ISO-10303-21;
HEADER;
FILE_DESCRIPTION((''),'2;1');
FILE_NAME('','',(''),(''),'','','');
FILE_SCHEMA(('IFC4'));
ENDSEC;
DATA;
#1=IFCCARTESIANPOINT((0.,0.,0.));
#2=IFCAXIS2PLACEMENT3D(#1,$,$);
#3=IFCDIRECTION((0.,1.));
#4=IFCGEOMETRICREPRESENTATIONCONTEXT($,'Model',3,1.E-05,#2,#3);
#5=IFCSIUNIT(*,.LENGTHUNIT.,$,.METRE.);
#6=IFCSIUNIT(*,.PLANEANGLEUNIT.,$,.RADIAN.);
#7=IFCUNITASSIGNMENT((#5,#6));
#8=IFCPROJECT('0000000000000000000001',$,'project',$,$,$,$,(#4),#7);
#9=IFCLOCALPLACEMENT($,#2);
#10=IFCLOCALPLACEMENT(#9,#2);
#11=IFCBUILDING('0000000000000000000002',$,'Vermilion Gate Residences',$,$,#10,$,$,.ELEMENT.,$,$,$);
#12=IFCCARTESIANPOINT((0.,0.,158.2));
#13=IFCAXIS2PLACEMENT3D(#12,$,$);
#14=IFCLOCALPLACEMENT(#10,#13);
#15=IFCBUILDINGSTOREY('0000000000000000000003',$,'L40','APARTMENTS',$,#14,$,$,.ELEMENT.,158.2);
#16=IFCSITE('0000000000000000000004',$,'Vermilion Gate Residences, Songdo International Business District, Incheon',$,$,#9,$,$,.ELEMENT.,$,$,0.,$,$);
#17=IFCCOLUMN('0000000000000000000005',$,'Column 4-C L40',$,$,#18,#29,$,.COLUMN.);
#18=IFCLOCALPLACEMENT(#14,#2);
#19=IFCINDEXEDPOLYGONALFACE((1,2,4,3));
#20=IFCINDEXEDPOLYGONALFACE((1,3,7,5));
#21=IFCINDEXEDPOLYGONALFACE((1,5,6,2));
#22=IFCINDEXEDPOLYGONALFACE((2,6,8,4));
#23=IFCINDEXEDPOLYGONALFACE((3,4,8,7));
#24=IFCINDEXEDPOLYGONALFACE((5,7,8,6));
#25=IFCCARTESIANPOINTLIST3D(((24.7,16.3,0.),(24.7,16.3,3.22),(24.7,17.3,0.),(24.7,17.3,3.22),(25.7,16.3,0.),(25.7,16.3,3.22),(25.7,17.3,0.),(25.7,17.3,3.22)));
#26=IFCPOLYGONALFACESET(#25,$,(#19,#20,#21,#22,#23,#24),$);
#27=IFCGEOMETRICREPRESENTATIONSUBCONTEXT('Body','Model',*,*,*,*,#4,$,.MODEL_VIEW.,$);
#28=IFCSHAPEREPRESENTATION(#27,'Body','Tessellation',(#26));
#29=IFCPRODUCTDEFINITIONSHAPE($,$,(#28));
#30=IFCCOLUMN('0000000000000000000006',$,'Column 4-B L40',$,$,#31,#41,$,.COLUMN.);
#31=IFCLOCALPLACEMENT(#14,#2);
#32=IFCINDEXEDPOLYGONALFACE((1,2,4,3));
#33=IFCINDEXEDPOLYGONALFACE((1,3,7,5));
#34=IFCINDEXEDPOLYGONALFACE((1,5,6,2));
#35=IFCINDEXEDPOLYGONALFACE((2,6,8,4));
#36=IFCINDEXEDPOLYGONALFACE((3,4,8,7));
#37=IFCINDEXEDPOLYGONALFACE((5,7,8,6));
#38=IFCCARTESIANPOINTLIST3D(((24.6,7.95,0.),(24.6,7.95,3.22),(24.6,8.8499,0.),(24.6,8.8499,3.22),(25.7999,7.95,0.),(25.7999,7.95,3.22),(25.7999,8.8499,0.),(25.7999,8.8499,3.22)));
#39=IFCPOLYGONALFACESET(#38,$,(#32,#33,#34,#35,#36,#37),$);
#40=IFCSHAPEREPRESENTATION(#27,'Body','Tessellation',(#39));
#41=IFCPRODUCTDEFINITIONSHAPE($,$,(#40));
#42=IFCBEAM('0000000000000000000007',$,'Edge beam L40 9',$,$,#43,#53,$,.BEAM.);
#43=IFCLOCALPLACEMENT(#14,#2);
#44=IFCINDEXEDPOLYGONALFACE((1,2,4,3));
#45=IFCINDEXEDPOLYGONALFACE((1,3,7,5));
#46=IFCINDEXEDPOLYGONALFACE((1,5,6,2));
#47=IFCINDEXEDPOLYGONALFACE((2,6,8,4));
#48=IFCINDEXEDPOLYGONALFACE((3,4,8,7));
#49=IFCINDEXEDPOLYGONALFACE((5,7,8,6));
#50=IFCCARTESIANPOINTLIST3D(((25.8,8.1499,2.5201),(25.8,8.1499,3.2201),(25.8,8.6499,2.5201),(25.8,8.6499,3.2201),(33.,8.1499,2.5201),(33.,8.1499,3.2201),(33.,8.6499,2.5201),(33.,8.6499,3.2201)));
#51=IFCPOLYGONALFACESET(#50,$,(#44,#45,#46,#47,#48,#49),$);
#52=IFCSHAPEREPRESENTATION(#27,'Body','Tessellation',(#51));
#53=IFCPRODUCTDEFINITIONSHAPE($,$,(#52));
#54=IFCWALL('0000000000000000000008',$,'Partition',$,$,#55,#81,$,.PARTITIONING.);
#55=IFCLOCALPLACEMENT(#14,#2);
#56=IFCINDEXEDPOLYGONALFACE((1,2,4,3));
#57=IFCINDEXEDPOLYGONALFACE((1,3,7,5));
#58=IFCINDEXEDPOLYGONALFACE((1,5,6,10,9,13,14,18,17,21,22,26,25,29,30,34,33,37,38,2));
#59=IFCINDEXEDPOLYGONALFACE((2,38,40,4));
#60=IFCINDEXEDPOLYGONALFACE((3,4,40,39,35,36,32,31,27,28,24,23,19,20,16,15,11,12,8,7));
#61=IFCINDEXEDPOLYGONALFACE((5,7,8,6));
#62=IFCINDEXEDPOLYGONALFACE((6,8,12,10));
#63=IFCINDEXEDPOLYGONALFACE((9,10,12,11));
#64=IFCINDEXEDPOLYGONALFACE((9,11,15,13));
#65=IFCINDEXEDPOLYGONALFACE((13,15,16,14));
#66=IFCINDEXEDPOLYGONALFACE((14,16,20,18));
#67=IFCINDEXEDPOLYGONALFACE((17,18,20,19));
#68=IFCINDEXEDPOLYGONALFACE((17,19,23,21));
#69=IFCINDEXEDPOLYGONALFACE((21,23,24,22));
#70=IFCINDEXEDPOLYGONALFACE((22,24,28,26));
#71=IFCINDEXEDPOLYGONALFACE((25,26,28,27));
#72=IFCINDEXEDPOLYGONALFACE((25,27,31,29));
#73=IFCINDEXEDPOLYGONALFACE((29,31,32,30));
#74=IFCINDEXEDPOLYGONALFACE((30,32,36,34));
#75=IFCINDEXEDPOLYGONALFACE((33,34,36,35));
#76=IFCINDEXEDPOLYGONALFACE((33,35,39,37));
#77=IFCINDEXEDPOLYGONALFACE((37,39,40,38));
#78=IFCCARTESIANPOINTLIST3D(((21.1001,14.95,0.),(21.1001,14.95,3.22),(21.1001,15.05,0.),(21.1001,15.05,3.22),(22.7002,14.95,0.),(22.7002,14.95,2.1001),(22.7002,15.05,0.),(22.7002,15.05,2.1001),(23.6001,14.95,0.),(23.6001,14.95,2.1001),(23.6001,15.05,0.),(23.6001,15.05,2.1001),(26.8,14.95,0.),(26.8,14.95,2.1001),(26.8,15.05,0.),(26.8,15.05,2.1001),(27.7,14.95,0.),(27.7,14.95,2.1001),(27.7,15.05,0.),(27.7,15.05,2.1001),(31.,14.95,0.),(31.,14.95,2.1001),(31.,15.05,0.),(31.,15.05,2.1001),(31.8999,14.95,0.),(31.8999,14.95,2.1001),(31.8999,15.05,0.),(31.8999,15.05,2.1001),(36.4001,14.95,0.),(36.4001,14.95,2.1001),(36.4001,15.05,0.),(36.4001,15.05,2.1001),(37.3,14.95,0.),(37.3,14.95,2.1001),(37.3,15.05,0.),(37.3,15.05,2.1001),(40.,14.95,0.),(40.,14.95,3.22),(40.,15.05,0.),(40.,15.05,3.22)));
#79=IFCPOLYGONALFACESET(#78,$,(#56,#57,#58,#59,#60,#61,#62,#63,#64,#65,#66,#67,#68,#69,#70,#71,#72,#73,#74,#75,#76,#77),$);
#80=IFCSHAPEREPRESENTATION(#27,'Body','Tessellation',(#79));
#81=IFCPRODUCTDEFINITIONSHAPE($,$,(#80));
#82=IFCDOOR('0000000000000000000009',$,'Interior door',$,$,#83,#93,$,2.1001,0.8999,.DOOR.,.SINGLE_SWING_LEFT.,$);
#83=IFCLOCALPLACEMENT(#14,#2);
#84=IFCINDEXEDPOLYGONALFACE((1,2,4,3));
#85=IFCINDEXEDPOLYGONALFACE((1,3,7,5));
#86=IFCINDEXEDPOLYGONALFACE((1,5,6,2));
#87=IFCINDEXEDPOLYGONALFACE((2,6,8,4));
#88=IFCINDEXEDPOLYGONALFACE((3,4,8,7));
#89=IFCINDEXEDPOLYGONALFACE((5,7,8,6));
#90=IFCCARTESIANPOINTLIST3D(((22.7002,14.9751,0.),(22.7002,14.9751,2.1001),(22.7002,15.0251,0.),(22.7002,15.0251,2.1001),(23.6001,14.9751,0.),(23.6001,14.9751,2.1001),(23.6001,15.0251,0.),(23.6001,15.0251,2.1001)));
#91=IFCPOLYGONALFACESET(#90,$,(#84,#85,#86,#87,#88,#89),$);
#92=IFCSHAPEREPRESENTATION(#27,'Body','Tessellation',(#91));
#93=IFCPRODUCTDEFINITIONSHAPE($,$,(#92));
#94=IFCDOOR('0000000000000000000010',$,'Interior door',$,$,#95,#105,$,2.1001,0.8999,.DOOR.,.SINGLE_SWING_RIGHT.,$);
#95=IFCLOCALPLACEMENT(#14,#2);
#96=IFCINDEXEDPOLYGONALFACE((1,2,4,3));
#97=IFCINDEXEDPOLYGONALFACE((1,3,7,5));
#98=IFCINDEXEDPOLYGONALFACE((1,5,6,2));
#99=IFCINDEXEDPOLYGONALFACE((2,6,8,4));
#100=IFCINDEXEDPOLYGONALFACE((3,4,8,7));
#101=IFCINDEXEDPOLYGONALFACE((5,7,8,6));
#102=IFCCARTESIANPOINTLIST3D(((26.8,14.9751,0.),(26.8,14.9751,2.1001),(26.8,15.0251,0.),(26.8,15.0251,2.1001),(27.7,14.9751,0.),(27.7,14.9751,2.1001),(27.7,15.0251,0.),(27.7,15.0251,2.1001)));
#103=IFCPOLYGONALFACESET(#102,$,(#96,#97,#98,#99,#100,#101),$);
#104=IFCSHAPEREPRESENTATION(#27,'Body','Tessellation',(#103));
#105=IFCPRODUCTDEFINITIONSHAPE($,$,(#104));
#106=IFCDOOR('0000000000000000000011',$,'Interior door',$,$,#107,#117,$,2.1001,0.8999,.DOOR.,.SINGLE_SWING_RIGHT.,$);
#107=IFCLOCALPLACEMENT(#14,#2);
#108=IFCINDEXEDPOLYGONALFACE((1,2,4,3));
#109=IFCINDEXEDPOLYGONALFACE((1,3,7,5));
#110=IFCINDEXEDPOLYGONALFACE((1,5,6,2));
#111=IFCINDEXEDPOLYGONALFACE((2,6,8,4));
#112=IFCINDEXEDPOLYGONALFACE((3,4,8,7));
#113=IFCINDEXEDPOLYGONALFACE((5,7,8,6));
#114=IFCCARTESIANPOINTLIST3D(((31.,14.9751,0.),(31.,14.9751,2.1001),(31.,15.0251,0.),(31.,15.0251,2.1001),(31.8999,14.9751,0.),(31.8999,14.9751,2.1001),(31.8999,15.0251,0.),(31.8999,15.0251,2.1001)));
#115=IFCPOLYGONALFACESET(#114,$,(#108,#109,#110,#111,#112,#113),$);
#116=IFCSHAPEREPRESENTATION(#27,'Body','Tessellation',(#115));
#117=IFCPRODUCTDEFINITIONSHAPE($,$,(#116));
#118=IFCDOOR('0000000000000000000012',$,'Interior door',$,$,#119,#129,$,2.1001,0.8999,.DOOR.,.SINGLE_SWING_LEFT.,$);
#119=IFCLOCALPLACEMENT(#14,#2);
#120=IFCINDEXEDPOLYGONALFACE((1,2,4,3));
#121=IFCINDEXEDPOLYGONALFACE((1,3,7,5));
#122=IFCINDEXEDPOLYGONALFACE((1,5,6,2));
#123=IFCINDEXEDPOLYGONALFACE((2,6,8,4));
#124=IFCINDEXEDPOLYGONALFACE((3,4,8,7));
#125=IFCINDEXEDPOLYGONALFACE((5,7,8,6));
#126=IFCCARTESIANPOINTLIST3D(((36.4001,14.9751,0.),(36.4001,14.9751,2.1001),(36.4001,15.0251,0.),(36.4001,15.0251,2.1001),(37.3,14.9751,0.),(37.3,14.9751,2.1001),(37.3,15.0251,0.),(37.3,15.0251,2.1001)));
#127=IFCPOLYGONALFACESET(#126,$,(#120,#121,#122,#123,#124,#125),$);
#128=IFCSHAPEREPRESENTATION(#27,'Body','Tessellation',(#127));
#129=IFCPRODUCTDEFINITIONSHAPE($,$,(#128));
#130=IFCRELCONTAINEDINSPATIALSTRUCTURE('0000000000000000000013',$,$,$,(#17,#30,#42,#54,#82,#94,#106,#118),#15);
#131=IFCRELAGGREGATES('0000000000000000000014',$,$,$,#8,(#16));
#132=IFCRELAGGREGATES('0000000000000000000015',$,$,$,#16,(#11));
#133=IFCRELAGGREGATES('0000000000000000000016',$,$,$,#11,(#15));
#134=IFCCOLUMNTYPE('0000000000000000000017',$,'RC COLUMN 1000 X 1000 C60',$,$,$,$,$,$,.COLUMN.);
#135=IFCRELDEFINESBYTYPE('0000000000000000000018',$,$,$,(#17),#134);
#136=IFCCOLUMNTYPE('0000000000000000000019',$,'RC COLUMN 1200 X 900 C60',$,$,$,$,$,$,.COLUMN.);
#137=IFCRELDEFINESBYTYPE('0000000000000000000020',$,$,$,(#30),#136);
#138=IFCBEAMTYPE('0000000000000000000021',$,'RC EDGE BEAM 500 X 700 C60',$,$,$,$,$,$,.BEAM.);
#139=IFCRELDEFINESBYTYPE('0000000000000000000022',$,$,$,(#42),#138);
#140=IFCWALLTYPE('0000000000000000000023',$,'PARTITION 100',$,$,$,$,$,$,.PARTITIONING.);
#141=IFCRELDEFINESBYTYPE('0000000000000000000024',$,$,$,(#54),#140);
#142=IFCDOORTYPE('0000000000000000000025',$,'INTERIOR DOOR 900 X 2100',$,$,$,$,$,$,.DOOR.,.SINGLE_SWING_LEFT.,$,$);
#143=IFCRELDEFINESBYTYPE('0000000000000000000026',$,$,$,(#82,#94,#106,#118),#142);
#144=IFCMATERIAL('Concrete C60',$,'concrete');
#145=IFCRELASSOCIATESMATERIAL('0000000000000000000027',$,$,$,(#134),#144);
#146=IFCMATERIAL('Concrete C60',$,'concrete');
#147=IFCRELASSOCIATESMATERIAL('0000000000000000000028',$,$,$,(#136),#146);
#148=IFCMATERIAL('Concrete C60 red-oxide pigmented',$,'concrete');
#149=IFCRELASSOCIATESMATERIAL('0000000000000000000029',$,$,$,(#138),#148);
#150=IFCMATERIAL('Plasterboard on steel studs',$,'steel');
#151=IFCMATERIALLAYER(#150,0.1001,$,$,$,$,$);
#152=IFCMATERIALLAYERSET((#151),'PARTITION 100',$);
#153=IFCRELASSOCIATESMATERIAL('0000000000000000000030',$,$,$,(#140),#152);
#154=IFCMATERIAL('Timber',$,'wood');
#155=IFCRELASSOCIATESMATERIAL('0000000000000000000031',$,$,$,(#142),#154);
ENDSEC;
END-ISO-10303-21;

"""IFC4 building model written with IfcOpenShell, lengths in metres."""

from ifc_helpers import new_model, si_unit, direction, frame, frame_2d, origin, origin_2d, place, context, subcontext, project, spatial, rectangle, extrude, material, layer, layer_set, material_profile, profile_set, type_object, element, fill, save


model = new_model("IFC4")

# Units and contexts
model_context = context("Model", 3, precision=1e-05, world=origin(), true_north=direction((0.0, 1.0)))
body_context = subcontext(model_context, "Body", "Model", "MODEL_VIEW")
ifc_project = project(units=[si_unit("LENGTHUNIT", "METRE"), si_unit("PLANEANGLEUNIT", "RADIAN")], contexts=[model_context])

# Site, building, storey
site_placement = place(None, origin())
site = spatial("IfcSite", under=ifc_project, at=site_placement, Name="Vermilion Gate Residences, Songdo International Business District, Incheon", CompositionType="ELEMENT", RefElevation=0.0)
building_placement = place(site_placement, origin())
building = spatial("IfcBuilding", under=site, at=building_placement, Name="Vermilion Gate Residences", CompositionType="ELEMENT")
storey_placement = place(building_placement, frame((0.0, 0.0, 158.2)))
storey = spatial("IfcBuildingStorey", under=building, at=storey_placement, Name="L40", Description="APARTMENTS", CompositionType="ELEMENT", Elevation=158.2)

# Columns
ifc_material_1 = material(Name="Concrete C60", Category="concrete")
ifc_material_profile_1 = material_profile(ifc_material_1, rectangle(XDim=1.0, YDim=1.0, at=origin_2d()), Name="RC-1000x1000")
ifc_profile_set_1 = profile_set([ifc_material_profile_1], Name="Concrete C60")
column_type_1 = type_object("IfcColumnType", Name="RC COLUMN 1000 X 1000 C60", PredefinedType="COLUMN", material=ifc_profile_set_1)
column_1_placement = place(storey_placement, frame((25.2, 16.8, 0.0), z_axis=(0.0, 0.0, 1.0), x_axis=(1.0, 0.0, 0.0)))
element("IfcColumn", 1, at=column_1_placement, inside=storey, type_object=column_type_1, Name="Column 4-C L40", PredefinedType="COLUMN", context=body_context, shape_type="SweptSolid", body=[
    extrude(rectangle(XDim=1.0, YDim=1.0, at=origin_2d()), origin(), (0.0, 0.0, 1.0), 3.22),
])
ifc_material_2 = material(Name="Concrete C60", Category="concrete")
ifc_material_profile_2 = material_profile(ifc_material_2, rectangle(XDim=1.2, YDim=0.8999, at=origin_2d()), Name="RC-1200x900")
ifc_profile_set_2 = profile_set([ifc_material_profile_2], Name="Concrete C60")
column_type_2 = type_object("IfcColumnType", Name="RC COLUMN 1200 X 900 C60", PredefinedType="COLUMN", material=ifc_profile_set_2)
column_2_placement = place(storey_placement, frame((25.2, 8.3999, 0.0), z_axis=(0.0, 0.0, 1.0), x_axis=(1.0, 0.0, 0.0)))
element("IfcColumn", 2, at=column_2_placement, inside=storey, type_object=column_type_2, Name="Column 4-B L40", PredefinedType="COLUMN", context=body_context, shape_type="SweptSolid", body=[
    extrude(rectangle(XDim=1.2, YDim=0.8999, at=origin_2d()), origin(), (0.0, 0.0, 1.0), 3.22),
])

# Beam
ifc_material_3 = material(Name="Concrete C60 red-oxide pigmented", Category="concrete")
ifc_material_profile_3 = material_profile(ifc_material_3, rectangle(XDim=0.5, YDim=0.7, at=origin_2d()), Name="RC-500x700")
ifc_profile_set_3 = profile_set([ifc_material_profile_3], Name="Concrete C60 red-oxide pigmented")
beam_type = type_object("IfcBeamType", Name="RC EDGE BEAM 500 X 700 C60", PredefinedType="BEAM", material=ifc_profile_set_3)
beam_placement = place(storey_placement, frame((25.8, 8.3999, 2.8701), z_axis=(1.0, 0.0, 0.0), x_axis=(0.0, 1.0, 0.0)))
element("IfcBeam", 3, at=beam_placement, inside=storey, type_object=beam_type, Name="Edge beam L40 9", PredefinedType="BEAM", context=body_context, shape_type="SweptSolid", body=[
    extrude(rectangle(XDim=0.5, YDim=0.7, at=origin_2d()), origin(), (0.0, 0.0, 1.0), 7.2),
])

# Wall, openings, doors
ifc_material_4 = material(Name="Plasterboard on steel studs", Category="steel")
ifc_layer = layer(ifc_material_4, 0.1001)
ifc_layer_set = layer_set([ifc_layer], Name="PARTITION 100")
wall_type = type_object("IfcWallType", Name="PARTITION 100", PredefinedType="PARTITIONING", material=ifc_layer_set)
wall_1_placement = place(storey_placement, frame((21.1001, 15.0, 0.0), z_axis=(0.0, 0.0, 1.0), x_axis=(1.0, 0.0, 0.0)))
wall_1 = element("IfcWall", 4, at=wall_1_placement, inside=storey, type_object=wall_type, Name="Partition", PredefinedType="PARTITIONING", context=body_context, shape_type="SweptSolid", body=[
    extrude(rectangle(XDim=18.8999, YDim=0.1001, at=frame_2d((9.45, 0.0))), origin(), (0.0, 0.0, 1.0), 3.22),
])
opening_1_placement = place(wall_1_placement, frame((1.6001, 0.0, 0.0)))
opening_1 = element("IfcOpeningElement", 5, at=opening_1_placement, cuts=wall_1, PredefinedType="OPENING", context=body_context, shape_type="SweptSolid", body=[
    extrude(rectangle(XDim=0.8999, YDim=2.1001, at=frame_2d((0.45, 1.05))), frame((0.0, 0.0601, 0.0), z_axis=(0.0, -1.0, 0.0), x_axis=(1.0, 0.0, 0.0)), (0.0, 0.0, 1.0), 0.1201),
])
opening_2_placement = place(wall_1_placement, frame((5.7, 0.0, 0.0)))
opening_2 = element("IfcOpeningElement", 6, at=opening_2_placement, cuts=wall_1, PredefinedType="OPENING", context=body_context, shape_type="SweptSolid", body=[
    extrude(rectangle(XDim=0.8999, YDim=2.1001, at=frame_2d((0.45, 1.05))), frame((0.0, 0.0601, 0.0), z_axis=(0.0, -1.0, 0.0), x_axis=(1.0, 0.0, 0.0)), (0.0, 0.0, 1.0), 0.1201),
])
opening_3_placement = place(wall_1_placement, frame((9.8999, 0.0, 0.0)))
opening_3 = element("IfcOpeningElement", 7, at=opening_3_placement, cuts=wall_1, PredefinedType="OPENING", context=body_context, shape_type="SweptSolid", body=[
    extrude(rectangle(XDim=0.8999, YDim=2.1001, at=frame_2d((0.45, 1.05))), frame((0.0, 0.0601, 0.0), z_axis=(0.0, -1.0, 0.0), x_axis=(1.0, 0.0, 0.0)), (0.0, 0.0, 1.0), 0.1201),
])
opening_4_placement = place(wall_1_placement, frame((15.3, 0.0, 0.0)))
opening_4 = element("IfcOpeningElement", 8, at=opening_4_placement, cuts=wall_1, PredefinedType="OPENING", context=body_context, shape_type="SweptSolid", body=[
    extrude(rectangle(XDim=0.8999, YDim=2.1001, at=frame_2d((0.45, 1.05))), frame((0.0, 0.0601, 0.0), z_axis=(0.0, -1.0, 0.0), x_axis=(1.0, 0.0, 0.0)), (0.0, 0.0, 1.0), 0.1201),
])
ifc_material_5 = material(Name="Timber", Category="wood")
door_type = type_object("IfcDoorType", Name="INTERIOR DOOR 900 X 2100", OperationType="SINGLE_SWING_LEFT", PredefinedType="DOOR", material=ifc_material_5)
door_1_placement = place(opening_1_placement, frame((0.8999, 0.0, 0.0), z_axis=(0.0, 0.0, 1.0), x_axis=(-1.0, 0.0, 0.0)))
door_1 = element("IfcDoor", 9, at=door_1_placement, inside=storey, type_object=door_type, Name="Interior door", OperationType="SINGLE_SWING_LEFT", OverallHeight=2.1001, OverallWidth=0.8999, PredefinedType="DOOR", context=body_context, shape_type="SweptSolid", body=[
    extrude(rectangle(XDim=0.8999, YDim=2.1001, at=frame_2d((0.45, 1.05))), frame((0.0, 0.0249, 0.0), z_axis=(0.0, -1.0, 0.0), x_axis=(1.0, 0.0, 0.0)), (0.0, 0.0, 1.0), 0.05),
])
fill(opening_1, door_1)
door_2_placement = place(opening_2_placement, frame((0.8999, 0.0, 0.0), z_axis=(0.0, 0.0, 1.0), x_axis=(-1.0, 0.0, 0.0)))
door_2 = element("IfcDoor", 10, at=door_2_placement, inside=storey, type_object=door_type, Name="Interior door", OperationType="SINGLE_SWING_RIGHT", OverallHeight=2.1001, OverallWidth=0.8999, PredefinedType="DOOR", context=body_context, shape_type="SweptSolid", body=[
    extrude(rectangle(XDim=0.8999, YDim=2.1001, at=frame_2d((0.45, 1.05))), frame((0.0, 0.0249, 0.0), z_axis=(0.0, -1.0, 0.0), x_axis=(1.0, 0.0, 0.0)), (0.0, 0.0, 1.0), 0.05),
])
fill(opening_2, door_2)
door_3_placement = place(opening_3_placement, frame((0.8999, 0.0, 0.0), z_axis=(0.0, 0.0, 1.0), x_axis=(-1.0, 0.0, 0.0)))
door_3 = element("IfcDoor", 11, at=door_3_placement, inside=storey, type_object=door_type, Name="Interior door", OperationType="SINGLE_SWING_RIGHT", OverallHeight=2.1001, OverallWidth=0.8999, PredefinedType="DOOR", context=body_context, shape_type="SweptSolid", body=[
    extrude(rectangle(XDim=0.8999, YDim=2.1001, at=frame_2d((0.45, 1.05))), frame((0.0, 0.0249, 0.0), z_axis=(0.0, -1.0, 0.0), x_axis=(1.0, 0.0, 0.0)), (0.0, 0.0, 1.0), 0.05),
])
fill(opening_3, door_3)
door_4_placement = place(opening_4_placement, frame((0.8999, 0.0, 0.0), z_axis=(0.0, 0.0, 1.0), x_axis=(-1.0, 0.0, 0.0)))
door_4 = element("IfcDoor", 12, at=door_4_placement, inside=storey, type_object=door_type, Name="Interior door", OperationType="SINGLE_SWING_LEFT", OverallHeight=2.1001, OverallWidth=0.8999, PredefinedType="DOOR", context=body_context, shape_type="SweptSolid", body=[
    extrude(rectangle(XDim=0.8999, YDim=2.1001, at=frame_2d((0.45, 1.05))), frame((0.0, 0.0249, 0.0), z_axis=(0.0, -1.0, 0.0), x_axis=(1.0, 0.0, 0.0)), (0.0, 0.0, 1.0), 0.05),
])
fill(opening_4, door_4)

save(model, "model.ifc")
